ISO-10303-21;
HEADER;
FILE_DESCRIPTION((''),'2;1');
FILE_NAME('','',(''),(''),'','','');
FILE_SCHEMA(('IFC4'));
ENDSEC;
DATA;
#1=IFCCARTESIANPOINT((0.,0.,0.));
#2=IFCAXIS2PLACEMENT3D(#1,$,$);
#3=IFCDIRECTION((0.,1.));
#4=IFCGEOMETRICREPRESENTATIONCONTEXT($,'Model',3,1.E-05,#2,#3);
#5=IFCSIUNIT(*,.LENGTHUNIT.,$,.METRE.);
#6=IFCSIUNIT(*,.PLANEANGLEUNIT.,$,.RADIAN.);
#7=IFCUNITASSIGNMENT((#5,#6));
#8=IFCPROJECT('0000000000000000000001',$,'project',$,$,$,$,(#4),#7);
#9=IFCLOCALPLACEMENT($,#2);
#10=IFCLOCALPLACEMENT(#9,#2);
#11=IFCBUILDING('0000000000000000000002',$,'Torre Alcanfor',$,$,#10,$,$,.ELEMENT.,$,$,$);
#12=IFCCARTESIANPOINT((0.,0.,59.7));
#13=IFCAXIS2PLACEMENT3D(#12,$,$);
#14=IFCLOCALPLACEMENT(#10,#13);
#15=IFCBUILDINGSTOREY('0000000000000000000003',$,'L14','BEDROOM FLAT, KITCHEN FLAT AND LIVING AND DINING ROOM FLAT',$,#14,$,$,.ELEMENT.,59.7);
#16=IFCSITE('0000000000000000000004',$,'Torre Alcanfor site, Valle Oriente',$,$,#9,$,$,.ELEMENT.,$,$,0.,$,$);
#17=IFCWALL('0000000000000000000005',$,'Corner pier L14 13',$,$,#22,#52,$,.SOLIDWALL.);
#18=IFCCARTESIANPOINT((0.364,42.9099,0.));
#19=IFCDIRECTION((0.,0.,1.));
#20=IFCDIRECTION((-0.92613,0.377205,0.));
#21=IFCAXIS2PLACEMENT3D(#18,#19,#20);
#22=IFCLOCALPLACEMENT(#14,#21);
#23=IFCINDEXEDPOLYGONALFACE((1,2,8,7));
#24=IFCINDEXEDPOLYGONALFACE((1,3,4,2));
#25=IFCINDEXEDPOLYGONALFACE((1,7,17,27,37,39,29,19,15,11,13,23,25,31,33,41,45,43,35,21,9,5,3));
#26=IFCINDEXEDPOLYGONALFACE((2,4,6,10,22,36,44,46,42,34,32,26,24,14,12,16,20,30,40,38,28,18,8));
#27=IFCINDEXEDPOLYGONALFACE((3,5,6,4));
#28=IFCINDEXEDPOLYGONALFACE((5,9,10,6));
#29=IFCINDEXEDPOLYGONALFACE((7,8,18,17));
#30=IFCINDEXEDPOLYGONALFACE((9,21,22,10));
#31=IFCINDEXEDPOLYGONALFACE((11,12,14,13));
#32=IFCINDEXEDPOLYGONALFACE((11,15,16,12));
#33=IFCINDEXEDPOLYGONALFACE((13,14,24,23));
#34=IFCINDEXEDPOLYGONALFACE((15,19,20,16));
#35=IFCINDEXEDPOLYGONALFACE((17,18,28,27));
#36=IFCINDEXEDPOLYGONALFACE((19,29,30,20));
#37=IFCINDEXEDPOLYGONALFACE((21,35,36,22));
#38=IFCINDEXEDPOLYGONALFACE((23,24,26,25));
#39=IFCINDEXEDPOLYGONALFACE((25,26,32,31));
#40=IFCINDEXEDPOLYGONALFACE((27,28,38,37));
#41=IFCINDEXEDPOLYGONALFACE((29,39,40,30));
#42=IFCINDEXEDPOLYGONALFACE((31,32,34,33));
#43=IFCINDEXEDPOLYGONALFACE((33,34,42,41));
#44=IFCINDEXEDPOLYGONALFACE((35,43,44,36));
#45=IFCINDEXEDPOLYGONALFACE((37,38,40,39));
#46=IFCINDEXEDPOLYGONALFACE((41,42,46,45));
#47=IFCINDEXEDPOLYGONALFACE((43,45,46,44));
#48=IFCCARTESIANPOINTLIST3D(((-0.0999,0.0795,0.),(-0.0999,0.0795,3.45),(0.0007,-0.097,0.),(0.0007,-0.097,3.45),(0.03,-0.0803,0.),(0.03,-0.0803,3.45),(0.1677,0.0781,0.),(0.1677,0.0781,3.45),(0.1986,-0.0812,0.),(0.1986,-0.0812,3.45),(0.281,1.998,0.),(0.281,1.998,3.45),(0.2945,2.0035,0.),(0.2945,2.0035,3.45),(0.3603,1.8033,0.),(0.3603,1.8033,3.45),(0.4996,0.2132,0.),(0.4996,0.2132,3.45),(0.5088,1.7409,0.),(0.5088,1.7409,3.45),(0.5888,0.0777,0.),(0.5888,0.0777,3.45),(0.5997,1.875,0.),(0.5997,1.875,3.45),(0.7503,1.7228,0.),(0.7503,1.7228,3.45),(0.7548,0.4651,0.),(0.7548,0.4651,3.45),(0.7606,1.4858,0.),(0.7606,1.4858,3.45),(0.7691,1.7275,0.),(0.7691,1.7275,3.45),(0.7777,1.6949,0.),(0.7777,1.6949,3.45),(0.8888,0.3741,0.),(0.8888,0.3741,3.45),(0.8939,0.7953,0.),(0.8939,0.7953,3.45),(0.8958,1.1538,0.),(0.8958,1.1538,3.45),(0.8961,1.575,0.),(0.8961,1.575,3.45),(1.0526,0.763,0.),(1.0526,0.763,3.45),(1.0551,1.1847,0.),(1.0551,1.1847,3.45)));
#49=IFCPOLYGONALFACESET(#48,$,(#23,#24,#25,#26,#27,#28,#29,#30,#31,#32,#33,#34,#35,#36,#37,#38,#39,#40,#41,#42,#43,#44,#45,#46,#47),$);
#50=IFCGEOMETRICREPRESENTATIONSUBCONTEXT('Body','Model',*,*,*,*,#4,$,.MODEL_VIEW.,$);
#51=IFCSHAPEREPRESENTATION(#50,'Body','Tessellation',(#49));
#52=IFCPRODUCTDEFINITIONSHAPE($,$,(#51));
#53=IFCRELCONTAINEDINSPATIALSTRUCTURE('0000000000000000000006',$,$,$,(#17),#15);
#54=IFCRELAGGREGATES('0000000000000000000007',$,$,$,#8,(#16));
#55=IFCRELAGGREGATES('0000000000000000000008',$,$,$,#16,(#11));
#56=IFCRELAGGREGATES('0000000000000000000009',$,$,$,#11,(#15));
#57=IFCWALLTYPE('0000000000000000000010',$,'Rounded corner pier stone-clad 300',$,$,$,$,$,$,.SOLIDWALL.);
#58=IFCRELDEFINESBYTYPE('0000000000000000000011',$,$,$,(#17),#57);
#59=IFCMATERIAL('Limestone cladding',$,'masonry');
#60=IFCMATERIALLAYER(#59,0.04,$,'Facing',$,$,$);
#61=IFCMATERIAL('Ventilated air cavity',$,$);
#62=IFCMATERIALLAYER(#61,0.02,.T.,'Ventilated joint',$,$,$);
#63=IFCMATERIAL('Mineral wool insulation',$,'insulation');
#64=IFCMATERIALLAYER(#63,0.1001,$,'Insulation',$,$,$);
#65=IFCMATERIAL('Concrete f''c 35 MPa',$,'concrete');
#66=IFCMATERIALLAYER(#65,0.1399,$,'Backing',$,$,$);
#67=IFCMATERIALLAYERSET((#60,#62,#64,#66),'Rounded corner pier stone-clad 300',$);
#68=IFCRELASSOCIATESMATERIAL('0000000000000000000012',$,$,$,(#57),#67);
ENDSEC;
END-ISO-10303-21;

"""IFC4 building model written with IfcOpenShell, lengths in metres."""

from ifc_helpers import new_model, si_unit, direction, frame, origin, place, context, subcontext, project, spatial, polyline, outline, extrude, material, layer, layer_set, type_object, element, save


model = new_model("IFC4")

# Units and contexts
model_context = context("Model", 3, precision=1e-05, world=origin(), true_north=direction((0.0, 1.0)))
body_context = subcontext(model_context, "Body", "Model", "MODEL_VIEW")
ifc_project = project(units=[si_unit("LENGTHUNIT", "METRE"), si_unit("PLANEANGLEUNIT", "RADIAN")], contexts=[model_context])

# Site, building, storey
site_placement = place(None, origin())
site = spatial("IfcSite", under=ifc_project, at=site_placement, Name="Torre Alcanfor site, Valle Oriente", CompositionType="ELEMENT", RefElevation=0.0)
building_placement = place(site_placement, origin())
building = spatial("IfcBuilding", under=site, at=building_placement, Name="Torre Alcanfor", CompositionType="ELEMENT")
storey_placement = place(building_placement, frame((0.0, 0.0, 59.7)))
storey = spatial("IfcBuildingStorey", under=building, at=storey_placement, Name="L14", Description="BEDROOM FLAT, KITCHEN FLAT AND LIVING AND DINING ROOM FLAT", CompositionType="ELEMENT", Elevation=59.7)

# Shared definitions
ifc_material_1 = material(Name="Limestone cladding", Category="masonry")
ifc_material_2 = material(Name="Ventilated air cavity")
ifc_material_3 = material(Name="Mineral wool insulation", Category="insulation")
ifc_material_4 = material(Name="Concrete f'c 35 MPa", Category="concrete")

# Wall
ifc_layer_1 = layer(ifc_material_1, 0.04, Name="Facing")
ifc_layer_2 = layer(ifc_material_2, 0.02, ventilated=True, Name="Ventilated joint")
ifc_layer_3 = layer(ifc_material_3, 0.1001, Name="Insulation")
ifc_layer_4 = layer(ifc_material_4, 0.1399, Name="Backing")
ifc_layer_set_1 = layer_set([ifc_layer_1, ifc_layer_2, ifc_layer_3, ifc_layer_4], Name="Rounded corner pier stone-clad 300")
wall_type_1 = type_object("IfcWallType", Name="Rounded corner pier stone-clad 300", PredefinedType="SOLIDWALL", material=ifc_layer_set_1)
wall_1_placement = place(storey_placement, frame((0.364, 42.9099, 0.0), z_axis=(0.0, 0.0, 1.0), x_axis=(-0.92613, 0.377205, 0.0)))
element("IfcWall", 1, at=wall_1_placement, inside=storey, type_object=wall_type_1, Name="Corner pier L14 13", PredefinedType="SOLIDWALL", context=body_context, shape_type="SweptSolid", body=[
    extrude(outline(polyline([(0.3603, 1.8033), (0.5088, 1.7409), (0.7606, 1.4858), (0.8958, 1.1538), (0.8939, 0.7953), (0.7548, 0.4651), (0.4996, 0.2132), (0.1677, 0.0781), (-0.0999, 0.0795), (0.0007, -0.097), (0.03, -0.0803), (0.1986, -0.0812), (0.5888, 0.0777), (0.8888, 0.3741), (1.0526, 0.763), (1.0551, 1.1847), (0.8961, 1.575), (0.7777, 1.6949), (0.7691, 1.7275), (0.7503, 1.7228), (0.5997, 1.875), (0.2945, 2.0035), (0.281, 1.998), (0.3603, 1.8033)])), origin(), (0.0, 0.0, 1.0), 3.45),
])

save(model, "model.ifc")
